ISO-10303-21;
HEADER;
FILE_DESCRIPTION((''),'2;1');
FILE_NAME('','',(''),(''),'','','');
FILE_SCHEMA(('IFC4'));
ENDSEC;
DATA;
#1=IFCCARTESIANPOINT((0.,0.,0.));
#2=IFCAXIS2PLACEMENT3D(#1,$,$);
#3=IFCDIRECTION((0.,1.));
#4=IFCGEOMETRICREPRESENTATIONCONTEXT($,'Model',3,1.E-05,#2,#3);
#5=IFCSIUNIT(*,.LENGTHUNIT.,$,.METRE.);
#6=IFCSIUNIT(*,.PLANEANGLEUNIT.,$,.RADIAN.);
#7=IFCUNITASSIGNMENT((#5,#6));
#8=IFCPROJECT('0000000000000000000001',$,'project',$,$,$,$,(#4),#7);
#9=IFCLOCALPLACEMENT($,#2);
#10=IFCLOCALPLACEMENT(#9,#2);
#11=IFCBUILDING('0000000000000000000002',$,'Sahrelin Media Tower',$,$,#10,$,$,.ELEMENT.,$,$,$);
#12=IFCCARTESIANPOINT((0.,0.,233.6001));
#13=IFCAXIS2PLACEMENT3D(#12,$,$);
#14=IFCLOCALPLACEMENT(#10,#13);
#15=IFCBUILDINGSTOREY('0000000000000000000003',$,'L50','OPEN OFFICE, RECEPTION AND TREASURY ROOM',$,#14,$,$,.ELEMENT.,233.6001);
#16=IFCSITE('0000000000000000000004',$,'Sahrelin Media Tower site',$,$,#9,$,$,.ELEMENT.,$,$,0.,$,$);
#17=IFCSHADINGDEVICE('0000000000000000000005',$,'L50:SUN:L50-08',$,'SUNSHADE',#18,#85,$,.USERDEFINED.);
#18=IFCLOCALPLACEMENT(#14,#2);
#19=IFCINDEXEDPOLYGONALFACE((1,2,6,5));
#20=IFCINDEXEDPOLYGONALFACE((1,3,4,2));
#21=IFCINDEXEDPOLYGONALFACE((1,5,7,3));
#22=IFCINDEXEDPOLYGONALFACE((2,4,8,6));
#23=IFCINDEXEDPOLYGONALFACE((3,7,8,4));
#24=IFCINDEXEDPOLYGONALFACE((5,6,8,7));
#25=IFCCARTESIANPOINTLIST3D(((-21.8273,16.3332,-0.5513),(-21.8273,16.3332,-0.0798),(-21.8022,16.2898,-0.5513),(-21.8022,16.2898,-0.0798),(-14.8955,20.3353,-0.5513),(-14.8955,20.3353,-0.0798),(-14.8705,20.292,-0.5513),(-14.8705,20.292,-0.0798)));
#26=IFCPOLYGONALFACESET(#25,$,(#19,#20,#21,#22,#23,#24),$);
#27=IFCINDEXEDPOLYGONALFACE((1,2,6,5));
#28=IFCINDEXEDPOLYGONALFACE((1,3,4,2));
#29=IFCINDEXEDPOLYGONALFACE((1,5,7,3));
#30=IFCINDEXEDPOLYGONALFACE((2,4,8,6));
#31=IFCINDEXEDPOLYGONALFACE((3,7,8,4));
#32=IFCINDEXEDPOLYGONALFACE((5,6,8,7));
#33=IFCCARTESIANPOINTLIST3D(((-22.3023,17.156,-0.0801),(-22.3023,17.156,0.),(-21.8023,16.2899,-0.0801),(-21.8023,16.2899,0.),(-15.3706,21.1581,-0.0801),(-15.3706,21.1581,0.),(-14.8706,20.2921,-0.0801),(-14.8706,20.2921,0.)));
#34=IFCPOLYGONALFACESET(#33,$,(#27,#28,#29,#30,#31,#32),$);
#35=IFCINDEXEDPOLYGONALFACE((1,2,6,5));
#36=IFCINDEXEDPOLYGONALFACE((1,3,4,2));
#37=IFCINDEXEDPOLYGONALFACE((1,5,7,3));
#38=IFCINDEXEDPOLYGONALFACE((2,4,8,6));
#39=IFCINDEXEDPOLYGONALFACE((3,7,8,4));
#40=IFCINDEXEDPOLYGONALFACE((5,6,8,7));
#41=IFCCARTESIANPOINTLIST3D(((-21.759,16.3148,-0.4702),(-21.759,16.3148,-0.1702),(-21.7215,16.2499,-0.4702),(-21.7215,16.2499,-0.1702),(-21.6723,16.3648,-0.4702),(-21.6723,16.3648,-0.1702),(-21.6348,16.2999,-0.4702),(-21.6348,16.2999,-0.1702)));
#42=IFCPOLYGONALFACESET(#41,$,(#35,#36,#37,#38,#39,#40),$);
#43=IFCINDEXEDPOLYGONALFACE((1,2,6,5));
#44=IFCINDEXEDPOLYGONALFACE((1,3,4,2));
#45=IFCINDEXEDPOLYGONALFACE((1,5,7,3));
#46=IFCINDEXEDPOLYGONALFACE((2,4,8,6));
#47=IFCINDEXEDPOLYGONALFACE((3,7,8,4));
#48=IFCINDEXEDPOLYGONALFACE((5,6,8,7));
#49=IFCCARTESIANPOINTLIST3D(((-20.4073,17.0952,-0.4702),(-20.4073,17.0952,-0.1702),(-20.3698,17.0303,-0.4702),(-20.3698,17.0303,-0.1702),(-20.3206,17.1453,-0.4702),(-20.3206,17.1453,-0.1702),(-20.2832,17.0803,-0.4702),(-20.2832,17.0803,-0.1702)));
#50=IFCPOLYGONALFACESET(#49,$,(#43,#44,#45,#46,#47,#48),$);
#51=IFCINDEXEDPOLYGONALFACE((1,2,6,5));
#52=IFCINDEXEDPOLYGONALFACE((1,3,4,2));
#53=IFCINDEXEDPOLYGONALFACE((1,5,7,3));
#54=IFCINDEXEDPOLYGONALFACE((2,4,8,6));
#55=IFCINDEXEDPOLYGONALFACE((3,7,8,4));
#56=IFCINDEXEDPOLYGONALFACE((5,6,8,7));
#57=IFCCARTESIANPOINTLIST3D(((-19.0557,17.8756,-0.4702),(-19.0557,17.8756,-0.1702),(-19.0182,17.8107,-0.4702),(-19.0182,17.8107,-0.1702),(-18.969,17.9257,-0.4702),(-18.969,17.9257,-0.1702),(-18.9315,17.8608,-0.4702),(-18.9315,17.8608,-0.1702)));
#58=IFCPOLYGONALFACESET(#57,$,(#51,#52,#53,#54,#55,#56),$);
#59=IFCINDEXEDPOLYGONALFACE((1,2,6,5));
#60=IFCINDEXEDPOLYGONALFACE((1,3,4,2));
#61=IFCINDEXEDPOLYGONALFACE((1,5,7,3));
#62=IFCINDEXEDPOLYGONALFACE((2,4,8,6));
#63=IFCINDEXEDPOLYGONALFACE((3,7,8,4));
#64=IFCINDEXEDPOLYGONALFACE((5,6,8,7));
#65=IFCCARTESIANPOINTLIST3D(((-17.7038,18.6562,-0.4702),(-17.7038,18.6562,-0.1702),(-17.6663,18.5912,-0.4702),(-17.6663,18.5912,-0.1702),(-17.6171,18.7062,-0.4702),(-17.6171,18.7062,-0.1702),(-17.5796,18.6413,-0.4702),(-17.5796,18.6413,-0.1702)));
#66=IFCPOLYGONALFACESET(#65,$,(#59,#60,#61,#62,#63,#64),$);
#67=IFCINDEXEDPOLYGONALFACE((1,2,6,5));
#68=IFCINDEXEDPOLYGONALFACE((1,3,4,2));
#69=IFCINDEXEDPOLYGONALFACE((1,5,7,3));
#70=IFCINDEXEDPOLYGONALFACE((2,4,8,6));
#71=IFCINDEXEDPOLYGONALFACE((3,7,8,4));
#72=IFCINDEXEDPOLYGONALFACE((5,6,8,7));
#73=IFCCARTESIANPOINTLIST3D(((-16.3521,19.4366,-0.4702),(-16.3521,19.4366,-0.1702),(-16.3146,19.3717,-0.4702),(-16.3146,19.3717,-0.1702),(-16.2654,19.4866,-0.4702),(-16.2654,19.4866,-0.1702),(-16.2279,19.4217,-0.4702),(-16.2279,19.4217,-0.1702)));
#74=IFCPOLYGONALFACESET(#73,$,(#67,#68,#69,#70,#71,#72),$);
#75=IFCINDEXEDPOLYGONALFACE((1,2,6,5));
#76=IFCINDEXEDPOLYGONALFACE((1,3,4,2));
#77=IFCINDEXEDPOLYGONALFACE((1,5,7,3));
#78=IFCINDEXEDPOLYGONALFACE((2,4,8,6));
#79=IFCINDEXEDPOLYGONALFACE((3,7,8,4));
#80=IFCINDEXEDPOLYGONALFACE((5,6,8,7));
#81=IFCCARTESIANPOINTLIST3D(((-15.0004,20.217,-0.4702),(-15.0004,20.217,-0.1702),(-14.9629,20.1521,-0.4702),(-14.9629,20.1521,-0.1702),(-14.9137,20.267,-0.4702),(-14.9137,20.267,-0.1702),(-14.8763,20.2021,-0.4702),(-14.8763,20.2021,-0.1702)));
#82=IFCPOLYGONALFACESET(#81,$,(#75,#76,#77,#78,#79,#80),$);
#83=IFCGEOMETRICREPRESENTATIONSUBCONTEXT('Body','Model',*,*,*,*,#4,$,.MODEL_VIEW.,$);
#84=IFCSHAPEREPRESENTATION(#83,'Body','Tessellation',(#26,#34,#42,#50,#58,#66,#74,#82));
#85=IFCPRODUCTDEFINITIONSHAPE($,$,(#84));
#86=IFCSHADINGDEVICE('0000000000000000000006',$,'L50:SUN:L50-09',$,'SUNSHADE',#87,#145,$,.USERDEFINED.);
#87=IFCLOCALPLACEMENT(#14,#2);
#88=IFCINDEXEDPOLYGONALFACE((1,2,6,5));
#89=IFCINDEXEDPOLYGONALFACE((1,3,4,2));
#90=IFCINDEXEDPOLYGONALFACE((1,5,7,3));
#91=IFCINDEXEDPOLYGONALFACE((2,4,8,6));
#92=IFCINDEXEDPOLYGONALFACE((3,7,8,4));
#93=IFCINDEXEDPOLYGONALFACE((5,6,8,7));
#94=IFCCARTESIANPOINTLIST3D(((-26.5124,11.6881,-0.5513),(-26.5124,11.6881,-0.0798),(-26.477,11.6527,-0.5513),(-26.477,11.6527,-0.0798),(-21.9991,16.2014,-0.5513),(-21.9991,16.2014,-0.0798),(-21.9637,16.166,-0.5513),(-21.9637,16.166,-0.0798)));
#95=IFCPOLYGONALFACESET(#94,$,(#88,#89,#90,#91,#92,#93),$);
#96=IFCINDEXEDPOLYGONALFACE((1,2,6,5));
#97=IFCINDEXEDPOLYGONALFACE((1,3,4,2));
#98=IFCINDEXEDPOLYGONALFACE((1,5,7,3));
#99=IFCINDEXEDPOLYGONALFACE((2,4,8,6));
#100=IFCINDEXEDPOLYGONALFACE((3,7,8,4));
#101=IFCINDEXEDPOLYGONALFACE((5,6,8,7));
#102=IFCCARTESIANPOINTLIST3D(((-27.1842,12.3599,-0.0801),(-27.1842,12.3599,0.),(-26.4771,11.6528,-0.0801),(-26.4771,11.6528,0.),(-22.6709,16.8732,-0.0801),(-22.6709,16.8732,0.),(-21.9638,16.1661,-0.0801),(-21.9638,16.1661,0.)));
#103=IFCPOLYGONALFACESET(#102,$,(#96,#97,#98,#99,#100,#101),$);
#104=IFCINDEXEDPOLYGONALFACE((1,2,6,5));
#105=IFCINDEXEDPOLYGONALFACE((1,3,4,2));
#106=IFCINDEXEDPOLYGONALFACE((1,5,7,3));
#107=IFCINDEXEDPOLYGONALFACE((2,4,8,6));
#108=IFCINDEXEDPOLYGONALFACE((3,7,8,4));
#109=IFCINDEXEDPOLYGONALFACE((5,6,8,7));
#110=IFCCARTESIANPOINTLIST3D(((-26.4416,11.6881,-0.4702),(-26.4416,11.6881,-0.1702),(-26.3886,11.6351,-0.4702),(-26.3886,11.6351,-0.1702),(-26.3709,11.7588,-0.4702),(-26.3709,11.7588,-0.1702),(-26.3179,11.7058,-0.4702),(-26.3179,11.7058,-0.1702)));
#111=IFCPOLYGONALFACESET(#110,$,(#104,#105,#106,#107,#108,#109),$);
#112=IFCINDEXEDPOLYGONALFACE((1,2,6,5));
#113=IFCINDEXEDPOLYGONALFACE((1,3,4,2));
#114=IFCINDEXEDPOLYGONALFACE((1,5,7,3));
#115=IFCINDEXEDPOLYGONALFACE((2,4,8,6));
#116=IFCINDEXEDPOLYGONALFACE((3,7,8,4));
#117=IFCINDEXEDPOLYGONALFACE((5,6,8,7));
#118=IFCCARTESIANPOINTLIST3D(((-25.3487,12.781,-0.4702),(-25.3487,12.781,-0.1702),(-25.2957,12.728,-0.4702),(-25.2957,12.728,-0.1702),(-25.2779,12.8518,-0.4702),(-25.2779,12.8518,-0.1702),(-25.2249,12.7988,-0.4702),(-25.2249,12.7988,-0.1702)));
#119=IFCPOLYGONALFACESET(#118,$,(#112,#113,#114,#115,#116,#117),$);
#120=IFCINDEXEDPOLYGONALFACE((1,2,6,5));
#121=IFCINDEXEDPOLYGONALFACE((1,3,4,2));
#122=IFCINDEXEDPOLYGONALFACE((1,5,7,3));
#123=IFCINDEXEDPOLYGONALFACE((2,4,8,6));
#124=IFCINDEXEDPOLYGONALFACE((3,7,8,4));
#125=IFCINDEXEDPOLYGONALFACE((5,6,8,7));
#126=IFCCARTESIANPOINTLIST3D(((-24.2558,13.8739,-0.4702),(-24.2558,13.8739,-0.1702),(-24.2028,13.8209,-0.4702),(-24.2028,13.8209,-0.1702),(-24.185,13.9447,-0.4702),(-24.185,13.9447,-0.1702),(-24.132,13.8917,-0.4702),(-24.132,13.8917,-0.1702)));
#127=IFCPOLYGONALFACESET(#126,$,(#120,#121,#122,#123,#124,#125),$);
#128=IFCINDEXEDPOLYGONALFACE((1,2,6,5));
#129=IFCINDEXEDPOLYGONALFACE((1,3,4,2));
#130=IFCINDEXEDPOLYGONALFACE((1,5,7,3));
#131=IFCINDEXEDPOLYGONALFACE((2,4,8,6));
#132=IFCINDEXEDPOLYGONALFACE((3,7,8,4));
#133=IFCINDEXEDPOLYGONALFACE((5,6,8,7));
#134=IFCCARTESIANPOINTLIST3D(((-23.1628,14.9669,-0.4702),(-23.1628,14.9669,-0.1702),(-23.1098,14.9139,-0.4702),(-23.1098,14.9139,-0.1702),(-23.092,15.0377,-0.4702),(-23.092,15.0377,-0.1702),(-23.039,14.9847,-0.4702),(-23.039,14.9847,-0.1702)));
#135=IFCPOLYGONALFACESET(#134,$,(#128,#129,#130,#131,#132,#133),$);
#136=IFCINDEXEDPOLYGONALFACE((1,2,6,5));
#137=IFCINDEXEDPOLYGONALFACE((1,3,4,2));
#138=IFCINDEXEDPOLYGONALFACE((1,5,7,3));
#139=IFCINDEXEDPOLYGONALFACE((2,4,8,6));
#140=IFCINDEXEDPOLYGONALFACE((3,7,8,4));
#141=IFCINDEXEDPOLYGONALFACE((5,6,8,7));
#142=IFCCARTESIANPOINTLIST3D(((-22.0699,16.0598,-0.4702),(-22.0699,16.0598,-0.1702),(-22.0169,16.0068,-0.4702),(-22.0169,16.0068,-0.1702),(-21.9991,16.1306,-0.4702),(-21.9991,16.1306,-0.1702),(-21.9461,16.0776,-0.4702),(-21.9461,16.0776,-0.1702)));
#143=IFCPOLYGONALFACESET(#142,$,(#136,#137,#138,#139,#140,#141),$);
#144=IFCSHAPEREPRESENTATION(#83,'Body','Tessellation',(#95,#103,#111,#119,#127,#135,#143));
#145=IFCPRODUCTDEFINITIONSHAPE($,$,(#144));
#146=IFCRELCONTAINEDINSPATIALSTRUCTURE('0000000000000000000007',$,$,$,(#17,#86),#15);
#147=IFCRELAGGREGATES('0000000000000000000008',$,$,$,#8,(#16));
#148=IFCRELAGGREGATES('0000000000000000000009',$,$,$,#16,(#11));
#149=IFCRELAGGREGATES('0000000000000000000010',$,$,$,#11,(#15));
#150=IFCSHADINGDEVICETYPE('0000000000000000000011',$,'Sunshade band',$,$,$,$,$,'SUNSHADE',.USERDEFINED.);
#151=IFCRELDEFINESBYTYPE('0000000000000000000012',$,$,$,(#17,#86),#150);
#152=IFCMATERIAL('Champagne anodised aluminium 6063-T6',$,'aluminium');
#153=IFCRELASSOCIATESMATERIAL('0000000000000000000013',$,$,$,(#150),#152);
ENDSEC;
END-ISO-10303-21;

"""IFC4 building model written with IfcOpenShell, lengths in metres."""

from ifc_helpers import new_model, si_unit, direction, frame, origin, origin_2d, place, context, subcontext, project, spatial, rectangle, extrude, material, type_object, element, save


model = new_model("IFC4")

# Units and contexts
model_context = context("Model", 3, precision=1e-05, world=origin(), true_north=direction((0.0, 1.0)))
body_context = subcontext(model_context, "Body", "Model", "MODEL_VIEW")
ifc_project = project(units=[si_unit("LENGTHUNIT", "METRE"), si_unit("PLANEANGLEUNIT", "RADIAN")], contexts=[model_context])

# Site, building, storey
site_placement = place(None, origin())
site = spatial("IfcSite", under=ifc_project, at=site_placement, Name="Sahrelin Media Tower site", CompositionType="ELEMENT", RefElevation=0.0)
building_placement = place(site_placement, origin())
building = spatial("IfcBuilding", under=site, at=building_placement, Name="Sahrelin Media Tower", CompositionType="ELEMENT")
storey_placement = place(building_placement, frame((0.0, 0.0, 233.6001)))
storey = spatial("IfcBuildingStorey", under=building, at=storey_placement, Name="L50", Description="OPEN OFFICE, RECEPTION AND TREASURY ROOM", CompositionType="ELEMENT", Elevation=233.6001)

# Shared definitions
ifc_material_1 = material(Name="Champagne anodised aluminium 6063-T6", Category="aluminium")

# Shading devices
placement_1 = place(storey_placement, frame((-18.3264, 18.2737, 0.0), z_axis=(0.0, 0.0, 1.0), x_axis=(0.866019, 0.500011, 0.0)))
placement_2 = place(storey_placement, frame((-24.2063, 13.8953, 0.0), z_axis=(0.0, 0.0, 1.0), x_axis=(0.707107, 0.707107, 0.0)))
shading_device_type_1 = type_object("IfcShadingDeviceType", Name="Sunshade band", ElementType="SUNSHADE", PredefinedType="USERDEFINED", material=ifc_material_1)
element("IfcShadingDevice", 1, at=placement_1, inside=storey, type_object=shading_device_type_1, Name="L50:SUN:L50-08", ObjectType="SUNSHADE", PredefinedType="USERDEFINED", context=body_context, shape_type="SweptSolid", body=[
    extrude(rectangle(XDim=8.0042, YDim=0.05, at=origin_2d()), frame((0.0, 0.0449, -0.5513)), (0.0, 0.0, 1.0), 0.4714),
    extrude(rectangle(XDim=8.0042, YDim=1.0, at=origin_2d()), frame((0.0, 0.52, -0.0801)), (0.0, 0.0, 1.0), 0.0801),
    extrude(rectangle(XDim=0.1001, YDim=0.075, at=origin_2d()), frame((-3.9021, -0.0176, -0.4702)), (0.0, 0.0, 1.0), 0.3),
    extrude(rectangle(XDim=0.1001, YDim=0.075, at=origin_2d()), frame((-2.3413, -0.0176, -0.4702)), (0.0, 0.0, 1.0), 0.3),
    extrude(rectangle(XDim=0.1001, YDim=0.075, at=origin_2d()), frame((-0.7805, -0.0176, -0.4702)), (0.0, 0.0, 1.0), 0.3),
    extrude(rectangle(XDim=0.1001, YDim=0.075, at=origin_2d()), frame((0.7805, -0.0176, -0.4702)), (0.0, 0.0, 1.0), 0.3),
    extrude(rectangle(XDim=0.1001, YDim=0.075, at=origin_2d()), frame((2.3413, -0.0176, -0.4702)), (0.0, 0.0, 1.0), 0.3),
    extrude(rectangle(XDim=0.1001, YDim=0.075, at=origin_2d()), frame((3.9021, -0.0176, -0.4702)), (0.0, 0.0, 1.0), 0.3),
])
element("IfcShadingDevice", 2, at=placement_2, inside=storey, type_object=shading_device_type_1, Name="L50:SUN:L50-09", ObjectType="SUNSHADE", PredefinedType="USERDEFINED", context=body_context, shape_type="SweptSolid", body=[
    extrude(rectangle(XDim=6.3828, YDim=0.05, at=origin_2d()), frame((0.0, 0.0449, -0.5513)), (0.0, 0.0, 1.0), 0.4714),
    extrude(rectangle(XDim=6.3828, YDim=1.0, at=origin_2d()), frame((0.0, 0.52, -0.0801)), (0.0, 0.0, 1.0), 0.0801),
    extrude(rectangle(XDim=0.1001, YDim=0.075, at=origin_2d()), frame((-3.0913, -0.0176, -0.4702)), (0.0, 0.0, 1.0), 0.3),
    extrude(rectangle(XDim=0.1001, YDim=0.075, at=origin_2d()), frame((-1.5457, -0.0176, -0.4702)), (0.0, 0.0, 1.0), 0.3),
    extrude(rectangle(XDim=0.1001, YDim=0.075, at=origin_2d()), frame((0.0, -0.0176, -0.4702)), (0.0, 0.0, 1.0), 0.3),
    extrude(rectangle(XDim=0.1001, YDim=0.075, at=origin_2d()), frame((1.5457, -0.0176, -0.4702)), (0.0, 0.0, 1.0), 0.3),
    extrude(rectangle(XDim=0.1001, YDim=0.075, at=origin_2d()), frame((3.0913, -0.0176, -0.4702)), (0.0, 0.0, 1.0), 0.3),
])

save(model, "model.ifc")
